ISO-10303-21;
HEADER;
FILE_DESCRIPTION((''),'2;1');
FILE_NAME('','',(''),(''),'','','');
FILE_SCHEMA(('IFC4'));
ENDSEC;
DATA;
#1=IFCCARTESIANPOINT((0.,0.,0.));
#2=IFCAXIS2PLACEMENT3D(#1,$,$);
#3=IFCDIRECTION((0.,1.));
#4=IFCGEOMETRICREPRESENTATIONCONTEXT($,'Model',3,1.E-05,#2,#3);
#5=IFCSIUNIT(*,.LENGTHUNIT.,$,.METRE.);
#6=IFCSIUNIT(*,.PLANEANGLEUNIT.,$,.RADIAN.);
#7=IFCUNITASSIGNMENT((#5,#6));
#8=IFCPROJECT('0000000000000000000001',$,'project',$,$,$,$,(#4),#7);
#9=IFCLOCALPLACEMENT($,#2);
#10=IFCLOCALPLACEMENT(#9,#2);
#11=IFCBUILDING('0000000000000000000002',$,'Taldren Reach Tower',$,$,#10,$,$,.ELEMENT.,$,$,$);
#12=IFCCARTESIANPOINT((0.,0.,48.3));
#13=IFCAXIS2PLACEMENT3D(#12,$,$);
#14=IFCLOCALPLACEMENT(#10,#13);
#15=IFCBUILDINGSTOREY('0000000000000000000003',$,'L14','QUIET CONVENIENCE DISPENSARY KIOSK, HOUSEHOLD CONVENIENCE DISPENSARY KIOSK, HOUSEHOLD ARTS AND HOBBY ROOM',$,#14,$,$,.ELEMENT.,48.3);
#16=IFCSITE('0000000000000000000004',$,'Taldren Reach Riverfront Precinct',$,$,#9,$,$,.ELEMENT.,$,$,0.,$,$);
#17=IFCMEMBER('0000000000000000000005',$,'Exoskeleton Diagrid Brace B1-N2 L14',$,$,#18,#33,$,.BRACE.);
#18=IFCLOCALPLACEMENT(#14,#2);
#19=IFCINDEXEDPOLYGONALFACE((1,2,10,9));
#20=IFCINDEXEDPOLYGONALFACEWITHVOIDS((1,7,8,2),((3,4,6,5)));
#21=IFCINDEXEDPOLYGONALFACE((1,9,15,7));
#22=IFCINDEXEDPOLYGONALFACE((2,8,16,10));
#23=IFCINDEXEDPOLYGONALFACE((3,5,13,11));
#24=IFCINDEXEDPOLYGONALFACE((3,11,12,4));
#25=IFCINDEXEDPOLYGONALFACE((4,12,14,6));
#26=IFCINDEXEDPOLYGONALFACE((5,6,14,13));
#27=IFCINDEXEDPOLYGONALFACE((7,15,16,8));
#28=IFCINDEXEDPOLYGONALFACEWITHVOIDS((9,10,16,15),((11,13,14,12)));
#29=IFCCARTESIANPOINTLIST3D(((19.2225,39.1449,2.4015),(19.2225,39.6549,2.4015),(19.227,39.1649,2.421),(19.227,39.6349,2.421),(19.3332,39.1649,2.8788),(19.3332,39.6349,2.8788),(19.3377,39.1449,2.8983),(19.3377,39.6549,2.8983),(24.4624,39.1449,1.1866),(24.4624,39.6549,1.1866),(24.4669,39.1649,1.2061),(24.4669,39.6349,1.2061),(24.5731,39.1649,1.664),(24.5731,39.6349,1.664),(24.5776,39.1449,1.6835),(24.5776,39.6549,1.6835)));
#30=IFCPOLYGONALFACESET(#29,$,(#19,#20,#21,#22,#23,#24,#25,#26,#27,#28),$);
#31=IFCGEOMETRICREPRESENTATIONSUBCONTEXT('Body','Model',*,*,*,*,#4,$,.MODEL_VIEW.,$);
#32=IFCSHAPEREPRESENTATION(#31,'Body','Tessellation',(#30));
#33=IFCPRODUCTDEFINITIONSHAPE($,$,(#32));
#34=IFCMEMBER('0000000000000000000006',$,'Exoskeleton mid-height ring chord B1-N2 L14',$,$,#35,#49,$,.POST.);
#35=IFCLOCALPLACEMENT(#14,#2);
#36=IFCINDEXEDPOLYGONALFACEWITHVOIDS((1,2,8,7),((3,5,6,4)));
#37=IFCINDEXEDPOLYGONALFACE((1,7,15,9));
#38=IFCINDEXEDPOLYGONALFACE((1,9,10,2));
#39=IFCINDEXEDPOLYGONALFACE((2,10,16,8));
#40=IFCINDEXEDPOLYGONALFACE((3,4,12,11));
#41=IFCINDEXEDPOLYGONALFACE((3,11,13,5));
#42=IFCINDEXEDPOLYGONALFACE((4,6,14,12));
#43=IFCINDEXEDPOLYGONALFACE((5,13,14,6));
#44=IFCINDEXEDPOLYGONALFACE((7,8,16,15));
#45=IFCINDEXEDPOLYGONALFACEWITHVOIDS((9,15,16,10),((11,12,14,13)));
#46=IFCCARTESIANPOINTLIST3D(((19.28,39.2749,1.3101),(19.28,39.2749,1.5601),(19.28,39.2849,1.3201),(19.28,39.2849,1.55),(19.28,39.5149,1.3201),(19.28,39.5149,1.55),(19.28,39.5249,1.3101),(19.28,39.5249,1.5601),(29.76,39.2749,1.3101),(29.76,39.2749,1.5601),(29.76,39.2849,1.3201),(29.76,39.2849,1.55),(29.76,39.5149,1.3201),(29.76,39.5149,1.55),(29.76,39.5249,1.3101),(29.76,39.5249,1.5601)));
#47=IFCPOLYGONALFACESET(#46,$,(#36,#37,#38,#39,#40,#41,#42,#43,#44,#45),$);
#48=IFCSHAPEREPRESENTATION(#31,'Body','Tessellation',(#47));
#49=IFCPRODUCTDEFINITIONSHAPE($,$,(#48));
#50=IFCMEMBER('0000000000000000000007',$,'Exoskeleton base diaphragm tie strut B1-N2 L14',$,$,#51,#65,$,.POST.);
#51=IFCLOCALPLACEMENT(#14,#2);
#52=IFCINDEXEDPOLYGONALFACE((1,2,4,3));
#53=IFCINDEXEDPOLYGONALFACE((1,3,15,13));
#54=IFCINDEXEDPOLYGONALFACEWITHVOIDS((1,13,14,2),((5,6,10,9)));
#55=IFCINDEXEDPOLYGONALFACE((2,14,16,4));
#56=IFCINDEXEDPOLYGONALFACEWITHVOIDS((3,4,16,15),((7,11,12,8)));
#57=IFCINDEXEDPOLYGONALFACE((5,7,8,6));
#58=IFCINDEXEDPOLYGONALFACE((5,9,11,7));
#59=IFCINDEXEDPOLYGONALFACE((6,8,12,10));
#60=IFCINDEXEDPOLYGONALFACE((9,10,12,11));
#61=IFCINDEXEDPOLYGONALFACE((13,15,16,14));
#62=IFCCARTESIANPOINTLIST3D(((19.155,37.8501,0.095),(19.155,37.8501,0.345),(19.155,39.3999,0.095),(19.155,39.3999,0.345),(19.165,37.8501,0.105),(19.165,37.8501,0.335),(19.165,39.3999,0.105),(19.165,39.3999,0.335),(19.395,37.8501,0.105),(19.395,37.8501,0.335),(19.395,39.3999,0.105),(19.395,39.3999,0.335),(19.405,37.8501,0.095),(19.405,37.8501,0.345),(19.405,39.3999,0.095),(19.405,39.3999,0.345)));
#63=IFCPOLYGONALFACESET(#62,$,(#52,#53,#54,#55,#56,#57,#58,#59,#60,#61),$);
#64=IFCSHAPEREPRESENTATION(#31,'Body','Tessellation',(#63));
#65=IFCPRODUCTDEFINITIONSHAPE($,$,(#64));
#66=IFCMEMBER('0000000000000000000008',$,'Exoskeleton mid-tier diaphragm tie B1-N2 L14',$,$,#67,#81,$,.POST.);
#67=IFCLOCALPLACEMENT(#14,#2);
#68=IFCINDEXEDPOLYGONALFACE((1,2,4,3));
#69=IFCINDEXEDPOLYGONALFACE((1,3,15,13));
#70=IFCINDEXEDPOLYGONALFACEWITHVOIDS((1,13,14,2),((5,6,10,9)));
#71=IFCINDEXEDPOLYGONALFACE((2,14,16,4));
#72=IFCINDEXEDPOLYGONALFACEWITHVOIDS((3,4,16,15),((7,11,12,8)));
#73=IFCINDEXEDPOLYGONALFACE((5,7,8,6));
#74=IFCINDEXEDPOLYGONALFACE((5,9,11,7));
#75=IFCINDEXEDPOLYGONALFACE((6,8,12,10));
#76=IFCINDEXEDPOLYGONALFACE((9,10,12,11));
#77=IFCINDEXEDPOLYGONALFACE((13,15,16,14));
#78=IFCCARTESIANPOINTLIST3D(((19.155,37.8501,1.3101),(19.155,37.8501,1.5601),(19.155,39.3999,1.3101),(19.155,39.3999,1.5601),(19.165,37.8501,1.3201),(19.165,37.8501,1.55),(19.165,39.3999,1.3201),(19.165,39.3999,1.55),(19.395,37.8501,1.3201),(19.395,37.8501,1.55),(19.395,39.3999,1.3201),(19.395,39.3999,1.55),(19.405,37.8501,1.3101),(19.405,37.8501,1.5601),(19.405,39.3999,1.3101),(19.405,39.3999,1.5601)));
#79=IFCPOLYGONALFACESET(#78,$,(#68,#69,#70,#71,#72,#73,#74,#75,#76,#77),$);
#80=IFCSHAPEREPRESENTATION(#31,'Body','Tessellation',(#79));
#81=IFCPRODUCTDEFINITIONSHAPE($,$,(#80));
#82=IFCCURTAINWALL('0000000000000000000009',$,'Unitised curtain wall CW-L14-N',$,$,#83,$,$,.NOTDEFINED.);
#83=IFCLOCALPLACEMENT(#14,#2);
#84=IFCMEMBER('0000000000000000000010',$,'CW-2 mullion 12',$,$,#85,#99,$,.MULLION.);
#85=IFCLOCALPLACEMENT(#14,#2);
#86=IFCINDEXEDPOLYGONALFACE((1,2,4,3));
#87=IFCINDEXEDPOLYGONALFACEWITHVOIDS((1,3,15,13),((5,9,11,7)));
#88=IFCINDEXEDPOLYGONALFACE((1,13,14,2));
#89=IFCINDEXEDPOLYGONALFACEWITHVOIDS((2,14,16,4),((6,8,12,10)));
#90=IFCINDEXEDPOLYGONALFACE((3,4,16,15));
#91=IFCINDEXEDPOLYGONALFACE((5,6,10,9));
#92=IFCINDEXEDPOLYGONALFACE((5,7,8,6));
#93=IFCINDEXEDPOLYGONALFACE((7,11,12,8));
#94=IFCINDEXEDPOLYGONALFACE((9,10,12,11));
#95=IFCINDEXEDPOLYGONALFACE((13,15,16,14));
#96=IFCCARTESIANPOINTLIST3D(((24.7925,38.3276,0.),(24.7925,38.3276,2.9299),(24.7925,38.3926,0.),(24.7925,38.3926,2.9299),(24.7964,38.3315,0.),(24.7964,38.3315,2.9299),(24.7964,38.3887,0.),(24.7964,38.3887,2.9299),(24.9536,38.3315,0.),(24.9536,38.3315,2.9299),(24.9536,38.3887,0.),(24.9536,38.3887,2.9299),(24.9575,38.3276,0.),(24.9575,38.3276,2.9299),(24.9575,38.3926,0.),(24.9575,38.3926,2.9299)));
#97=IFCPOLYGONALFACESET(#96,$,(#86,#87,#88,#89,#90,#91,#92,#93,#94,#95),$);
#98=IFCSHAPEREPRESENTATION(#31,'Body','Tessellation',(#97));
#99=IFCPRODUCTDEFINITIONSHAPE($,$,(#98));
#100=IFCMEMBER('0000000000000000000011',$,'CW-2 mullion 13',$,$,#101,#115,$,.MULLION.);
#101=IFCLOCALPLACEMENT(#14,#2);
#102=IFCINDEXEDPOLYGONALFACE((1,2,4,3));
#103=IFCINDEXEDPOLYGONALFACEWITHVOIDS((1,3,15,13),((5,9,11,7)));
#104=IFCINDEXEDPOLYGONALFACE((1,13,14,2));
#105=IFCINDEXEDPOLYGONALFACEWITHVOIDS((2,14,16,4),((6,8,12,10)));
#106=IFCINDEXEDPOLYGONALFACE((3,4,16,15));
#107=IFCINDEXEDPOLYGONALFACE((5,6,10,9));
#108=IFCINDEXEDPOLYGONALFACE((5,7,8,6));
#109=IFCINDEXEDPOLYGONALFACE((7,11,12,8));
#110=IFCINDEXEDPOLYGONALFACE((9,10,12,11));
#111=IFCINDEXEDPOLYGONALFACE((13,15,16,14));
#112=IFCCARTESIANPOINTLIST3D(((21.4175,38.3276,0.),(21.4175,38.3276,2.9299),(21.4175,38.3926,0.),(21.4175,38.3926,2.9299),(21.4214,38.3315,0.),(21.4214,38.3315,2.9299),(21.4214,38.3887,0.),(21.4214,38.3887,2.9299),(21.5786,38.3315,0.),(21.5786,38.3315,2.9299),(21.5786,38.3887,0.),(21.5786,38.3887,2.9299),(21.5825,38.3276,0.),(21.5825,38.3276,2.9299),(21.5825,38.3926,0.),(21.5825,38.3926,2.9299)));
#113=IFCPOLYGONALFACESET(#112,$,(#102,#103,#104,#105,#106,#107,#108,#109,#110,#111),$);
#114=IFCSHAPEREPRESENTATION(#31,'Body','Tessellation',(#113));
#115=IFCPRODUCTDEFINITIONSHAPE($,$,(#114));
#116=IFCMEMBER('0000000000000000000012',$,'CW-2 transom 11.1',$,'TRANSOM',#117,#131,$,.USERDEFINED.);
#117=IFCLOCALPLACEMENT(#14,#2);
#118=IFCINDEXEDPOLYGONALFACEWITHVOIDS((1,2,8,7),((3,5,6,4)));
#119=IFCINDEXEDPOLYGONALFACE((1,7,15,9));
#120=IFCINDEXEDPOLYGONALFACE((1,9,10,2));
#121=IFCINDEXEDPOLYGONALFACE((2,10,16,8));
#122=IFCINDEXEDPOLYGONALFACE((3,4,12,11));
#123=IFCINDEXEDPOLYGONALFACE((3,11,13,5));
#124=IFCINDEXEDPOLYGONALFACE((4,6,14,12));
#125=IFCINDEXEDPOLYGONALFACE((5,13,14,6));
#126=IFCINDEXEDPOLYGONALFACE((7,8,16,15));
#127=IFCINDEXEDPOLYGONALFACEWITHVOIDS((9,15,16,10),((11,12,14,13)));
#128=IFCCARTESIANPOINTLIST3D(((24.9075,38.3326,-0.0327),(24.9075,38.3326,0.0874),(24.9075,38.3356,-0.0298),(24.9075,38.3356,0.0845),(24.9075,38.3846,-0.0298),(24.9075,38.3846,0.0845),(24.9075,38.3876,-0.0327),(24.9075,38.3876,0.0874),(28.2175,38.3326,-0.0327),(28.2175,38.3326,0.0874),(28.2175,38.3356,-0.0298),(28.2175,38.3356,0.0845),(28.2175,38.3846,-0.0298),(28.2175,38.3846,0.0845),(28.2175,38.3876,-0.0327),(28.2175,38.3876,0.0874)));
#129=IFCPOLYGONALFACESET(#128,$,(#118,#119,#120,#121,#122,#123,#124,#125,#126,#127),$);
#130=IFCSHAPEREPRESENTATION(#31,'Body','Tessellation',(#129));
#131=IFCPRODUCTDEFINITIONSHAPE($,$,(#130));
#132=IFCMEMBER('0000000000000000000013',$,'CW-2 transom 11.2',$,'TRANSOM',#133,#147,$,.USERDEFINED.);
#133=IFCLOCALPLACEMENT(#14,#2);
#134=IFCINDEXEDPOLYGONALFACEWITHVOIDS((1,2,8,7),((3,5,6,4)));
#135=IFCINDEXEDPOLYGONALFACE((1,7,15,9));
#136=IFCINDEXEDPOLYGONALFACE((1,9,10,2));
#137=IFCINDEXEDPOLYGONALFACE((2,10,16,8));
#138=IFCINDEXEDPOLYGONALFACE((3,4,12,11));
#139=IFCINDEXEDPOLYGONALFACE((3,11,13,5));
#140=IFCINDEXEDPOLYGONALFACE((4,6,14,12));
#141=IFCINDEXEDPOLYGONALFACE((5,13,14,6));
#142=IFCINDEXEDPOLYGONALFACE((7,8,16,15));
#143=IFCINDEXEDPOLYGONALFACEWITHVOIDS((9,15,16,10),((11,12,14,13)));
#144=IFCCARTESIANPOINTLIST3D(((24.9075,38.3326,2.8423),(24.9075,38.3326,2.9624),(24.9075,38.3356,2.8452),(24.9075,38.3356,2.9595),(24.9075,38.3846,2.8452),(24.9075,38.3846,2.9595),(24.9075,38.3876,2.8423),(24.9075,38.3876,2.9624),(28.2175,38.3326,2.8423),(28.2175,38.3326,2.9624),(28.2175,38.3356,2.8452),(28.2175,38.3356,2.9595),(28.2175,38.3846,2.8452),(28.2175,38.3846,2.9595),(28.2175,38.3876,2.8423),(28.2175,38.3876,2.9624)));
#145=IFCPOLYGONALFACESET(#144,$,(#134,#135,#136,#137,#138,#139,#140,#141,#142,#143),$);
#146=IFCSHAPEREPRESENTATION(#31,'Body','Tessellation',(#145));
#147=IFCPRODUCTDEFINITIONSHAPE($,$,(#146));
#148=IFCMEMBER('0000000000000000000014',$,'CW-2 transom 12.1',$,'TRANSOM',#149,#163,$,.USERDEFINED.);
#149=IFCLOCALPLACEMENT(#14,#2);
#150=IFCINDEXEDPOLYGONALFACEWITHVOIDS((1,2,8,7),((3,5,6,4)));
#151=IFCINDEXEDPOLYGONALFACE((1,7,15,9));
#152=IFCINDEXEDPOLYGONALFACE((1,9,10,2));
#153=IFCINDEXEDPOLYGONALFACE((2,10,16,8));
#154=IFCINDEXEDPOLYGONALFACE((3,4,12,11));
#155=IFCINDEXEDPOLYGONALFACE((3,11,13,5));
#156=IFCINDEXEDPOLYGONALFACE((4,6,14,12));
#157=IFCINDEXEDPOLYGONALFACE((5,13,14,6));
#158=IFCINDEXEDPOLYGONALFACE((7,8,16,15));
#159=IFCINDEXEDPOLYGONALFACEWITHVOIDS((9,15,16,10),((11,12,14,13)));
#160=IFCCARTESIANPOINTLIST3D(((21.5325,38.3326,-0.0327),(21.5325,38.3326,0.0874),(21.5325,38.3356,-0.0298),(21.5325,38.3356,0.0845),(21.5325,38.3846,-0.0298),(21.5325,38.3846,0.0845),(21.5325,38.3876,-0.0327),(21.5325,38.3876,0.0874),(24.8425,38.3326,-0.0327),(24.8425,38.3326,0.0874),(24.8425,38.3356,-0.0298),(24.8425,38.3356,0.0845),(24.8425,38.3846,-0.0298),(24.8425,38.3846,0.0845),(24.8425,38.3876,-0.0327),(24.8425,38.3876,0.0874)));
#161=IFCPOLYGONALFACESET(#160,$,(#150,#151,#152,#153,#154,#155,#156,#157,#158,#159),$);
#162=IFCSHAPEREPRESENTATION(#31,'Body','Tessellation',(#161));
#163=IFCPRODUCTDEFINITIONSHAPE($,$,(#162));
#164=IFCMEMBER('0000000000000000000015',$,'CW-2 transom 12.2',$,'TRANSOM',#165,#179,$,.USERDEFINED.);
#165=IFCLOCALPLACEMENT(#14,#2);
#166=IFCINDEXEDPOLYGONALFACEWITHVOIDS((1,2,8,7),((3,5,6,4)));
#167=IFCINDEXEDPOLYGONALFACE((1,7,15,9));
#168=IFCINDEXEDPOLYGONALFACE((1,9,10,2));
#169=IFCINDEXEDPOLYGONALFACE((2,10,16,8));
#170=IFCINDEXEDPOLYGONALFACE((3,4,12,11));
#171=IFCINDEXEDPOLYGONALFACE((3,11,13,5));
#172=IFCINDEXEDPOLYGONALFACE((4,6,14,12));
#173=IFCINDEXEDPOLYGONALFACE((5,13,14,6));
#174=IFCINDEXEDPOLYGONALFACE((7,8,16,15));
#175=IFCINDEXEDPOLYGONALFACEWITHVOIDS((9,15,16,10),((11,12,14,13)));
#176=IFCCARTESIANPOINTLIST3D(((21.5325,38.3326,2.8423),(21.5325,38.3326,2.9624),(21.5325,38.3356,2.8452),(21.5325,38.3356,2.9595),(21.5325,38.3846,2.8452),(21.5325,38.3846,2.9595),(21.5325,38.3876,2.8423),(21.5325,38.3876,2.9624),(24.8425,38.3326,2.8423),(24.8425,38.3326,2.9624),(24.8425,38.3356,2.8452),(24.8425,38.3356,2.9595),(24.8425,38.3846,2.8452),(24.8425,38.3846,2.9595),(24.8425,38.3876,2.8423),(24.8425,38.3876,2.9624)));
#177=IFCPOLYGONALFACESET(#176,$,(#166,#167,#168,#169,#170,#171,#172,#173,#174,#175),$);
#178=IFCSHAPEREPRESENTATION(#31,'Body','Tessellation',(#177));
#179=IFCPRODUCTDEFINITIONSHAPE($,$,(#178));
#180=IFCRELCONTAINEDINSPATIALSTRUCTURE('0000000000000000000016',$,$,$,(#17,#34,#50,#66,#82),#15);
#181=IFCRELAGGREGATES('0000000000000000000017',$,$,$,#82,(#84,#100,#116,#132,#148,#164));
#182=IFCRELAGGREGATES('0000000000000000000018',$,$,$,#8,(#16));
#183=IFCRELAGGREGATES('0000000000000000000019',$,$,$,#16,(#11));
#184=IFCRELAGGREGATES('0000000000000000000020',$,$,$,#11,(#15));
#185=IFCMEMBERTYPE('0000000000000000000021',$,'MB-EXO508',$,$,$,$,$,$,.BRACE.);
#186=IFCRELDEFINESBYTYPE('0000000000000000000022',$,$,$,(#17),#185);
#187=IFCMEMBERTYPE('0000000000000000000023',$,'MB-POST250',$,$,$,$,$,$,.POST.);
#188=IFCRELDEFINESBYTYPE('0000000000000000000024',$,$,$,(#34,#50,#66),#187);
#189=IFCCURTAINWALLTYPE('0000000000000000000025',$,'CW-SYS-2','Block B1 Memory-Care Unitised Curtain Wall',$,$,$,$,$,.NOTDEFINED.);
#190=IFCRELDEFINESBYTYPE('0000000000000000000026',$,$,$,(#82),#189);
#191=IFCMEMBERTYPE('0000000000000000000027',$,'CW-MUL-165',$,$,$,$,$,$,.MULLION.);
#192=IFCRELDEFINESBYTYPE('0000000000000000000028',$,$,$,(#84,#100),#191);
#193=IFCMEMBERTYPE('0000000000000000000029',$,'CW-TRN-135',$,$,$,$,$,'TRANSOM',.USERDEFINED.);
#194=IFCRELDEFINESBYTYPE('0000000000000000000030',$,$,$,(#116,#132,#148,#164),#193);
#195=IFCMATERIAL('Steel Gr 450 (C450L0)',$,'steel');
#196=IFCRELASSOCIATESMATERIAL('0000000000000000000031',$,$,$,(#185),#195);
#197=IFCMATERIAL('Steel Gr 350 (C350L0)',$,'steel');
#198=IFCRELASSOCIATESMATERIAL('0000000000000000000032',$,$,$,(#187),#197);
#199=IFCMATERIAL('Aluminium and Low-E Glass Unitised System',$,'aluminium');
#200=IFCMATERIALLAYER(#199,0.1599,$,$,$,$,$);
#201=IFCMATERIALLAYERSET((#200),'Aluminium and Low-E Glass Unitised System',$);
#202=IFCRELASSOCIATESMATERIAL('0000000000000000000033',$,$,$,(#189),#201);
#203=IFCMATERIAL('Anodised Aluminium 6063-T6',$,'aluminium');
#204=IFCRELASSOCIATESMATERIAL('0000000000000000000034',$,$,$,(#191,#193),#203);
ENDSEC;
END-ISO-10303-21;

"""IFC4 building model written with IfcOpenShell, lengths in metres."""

from ifc_helpers import new_model, si_unit, direction, frame, origin, origin_2d, place, context, subcontext, project, spatial, hollow_rectangle, extrude, source, transform, mapped, material, layer, layer_set, material_profile, profile_set, type_object, element, aggregate, save


model = new_model("IFC4")

# Units and contexts
model_context = context("Model", 3, precision=1e-05, world=origin(), true_north=direction((0.0, 1.0)))
body_context = subcontext(model_context, "Body", "Model", "MODEL_VIEW")
ifc_project = project(units=[si_unit("LENGTHUNIT", "METRE"), si_unit("PLANEANGLEUNIT", "RADIAN")], contexts=[model_context])

# Site, building, storey
site_placement = place(None, origin())
site = spatial("IfcSite", under=ifc_project, at=site_placement, Name="Taldren Reach Riverfront Precinct", CompositionType="ELEMENT", RefElevation=0.0)
building_placement = place(site_placement, origin())
building = spatial("IfcBuilding", under=site, at=building_placement, Name="Taldren Reach Tower", CompositionType="ELEMENT")
storey_placement = place(building_placement, frame((0.0, 0.0, 48.3)))
storey = spatial("IfcBuildingStorey", under=building, at=storey_placement, Name="L14", Description="QUIET CONVENIENCE DISPENSARY KIOSK, HOUSEHOLD CONVENIENCE DISPENSARY KIOSK, HOUSEHOLD ARTS AND HOBBY ROOM", CompositionType="ELEMENT", Elevation=48.3)

# Members
ifc_material_1 = material(Name="Steel Gr 450 (C450L0)", Category="steel")
ifc_material_profile_1 = material_profile(ifc_material_1, hollow_rectangle(XDim=0.51, YDim=0.51, WallThickness=0.02, at=origin_2d()), Name="510x510x20.0SHS")
ifc_profile_set_1 = profile_set([ifc_material_profile_1], Name="Steel Gr 450 (C450L0)")
member_type_1 = type_object("IfcMemberType", Name="MB-EXO508", PredefinedType="BRACE", material=ifc_profile_set_1)
shared_shape_1 = source(origin(), body_context, "Body", "SweptSolid", [
    extrude(hollow_rectangle(XDim=0.51, YDim=0.51, WallThickness=0.02, at=origin_2d()), origin(), (0.0, 0.0, 1.0), 5.3789),
])
member_1_placement = place(storey_placement, frame((24.52, 39.3999, 1.4351), z_axis=(-0.974162, 0.0, 0.225851), x_axis=(0.0, -1.0, 0.0)))
element("IfcMember", 1, at=member_1_placement, inside=storey, type_object=member_type_1, Name="Exoskeleton Diagrid Brace B1-N2 L14", PredefinedType="BRACE", context=body_context, shape_type="MappedRepresentation", body=[
    mapped(shared_shape_1, transform((0.0, 0.0, 0.0), scale=1.0)),
])
ifc_material_2 = material(Name="Steel Gr 350 (C350L0)", Category="steel")
ifc_material_profile_2 = material_profile(ifc_material_2, hollow_rectangle(XDim=0.25, YDim=0.25, WallThickness=0.01, at=origin_2d()), Name="250x250x10.0SHS")
ifc_profile_set_2 = profile_set([ifc_material_profile_2], Name="Steel Gr 350 (C350L0)")
member_type_2 = type_object("IfcMemberType", Name="MB-POST250", PredefinedType="POST", material=ifc_profile_set_2)
shared_shape_2 = source(origin(), body_context, "Body", "SweptSolid", [
    extrude(hollow_rectangle(XDim=0.25, YDim=0.25, WallThickness=0.01, at=origin_2d()), origin(), (0.0, 0.0, 1.0), 10.48),
])
member_2_placement = place(storey_placement, frame((19.28, 39.3999, 1.4351), z_axis=(1.0, 0.0, 0.0), x_axis=(0.0, 1.0, 0.0)))
element("IfcMember", 2, at=member_2_placement, inside=storey, type_object=member_type_2, Name="Exoskeleton mid-height ring chord B1-N2 L14", PredefinedType="POST", context=body_context, shape_type="MappedRepresentation", body=[
    mapped(shared_shape_2, transform((0.0, 0.0, 0.0), scale=1.0)),
])
shared_shape_3 = source(origin(), body_context, "Body", "SweptSolid", [
    extrude(hollow_rectangle(XDim=0.25, YDim=0.25, WallThickness=0.01, at=origin_2d()), origin(), (0.0, 0.0, 1.0), 1.5498),
])
for number, where, z_axis, x_axis, name in (
    (3, (19.28, 37.8501, 0.22), (0.0, 1.0, 0.0), (-1.0, 0.0, 0.0), "Exoskeleton base diaphragm tie strut B1-N2 L14"),
    (4, (19.28, 37.8501, 1.4351), (0.0, 1.0, 0.0), (-1.0, 0.0, 0.0), "Exoskeleton mid-tier diaphragm tie B1-N2 L14"),
):
    element("IfcMember", number, at=place(storey_placement, frame(where, z_axis=z_axis, x_axis=x_axis)), inside=storey, type_object=member_type_2, Name=name, PredefinedType="POST", context=body_context, shape_type="MappedRepresentation", body=[
        mapped(shared_shape_3, transform((0.0, 0.0, 0.0), scale=1.0)),
    ])

# Curtain wall, members
ifc_material_3 = material(Name="Aluminium and Low-E Glass Unitised System", Category="aluminium")
ifc_layer_1 = layer(ifc_material_3, 0.1599)
ifc_layer_set_1 = layer_set([ifc_layer_1], Name="Aluminium and Low-E Glass Unitised System")
curtain_wall_type = type_object("IfcCurtainWallType", Name="CW-SYS-2", Description="Block B1 Memory-Care Unitised Curtain Wall", PredefinedType="NOTDEFINED", material=ifc_layer_set_1)
curtain_wall_placement = place(storey_placement, origin())
curtain_wall = element("IfcCurtainWall", 5, at=curtain_wall_placement, inside=storey, type_object=curtain_wall_type, Name="Unitised curtain wall CW-L14-N", PredefinedType="NOTDEFINED")
ifc_material_4 = material(Name="Anodised Aluminium 6063-T6", Category="aluminium")
ifc_material_profile_3 = material_profile(ifc_material_4, hollow_rectangle(XDim=0.0649, YDim=0.165, WallThickness=0.0039, at=origin_2d()), Name="ALU-165x65x4RHS")
ifc_profile_set_3 = profile_set([ifc_material_profile_3], Name="Anodised Aluminium 6063-T6")
member_type_3 = type_object("IfcMemberType", Name="CW-MUL-165", PredefinedType="MULLION", material=ifc_profile_set_3)
shared_shape_4 = source(origin(), body_context, "Body", "SweptSolid", [
    extrude(hollow_rectangle(XDim=0.0649, YDim=0.165, WallThickness=0.0039, at=origin_2d()), origin(), (0.0, 0.0, 1.0), 2.9299),
])
member_3_placement = place(storey_placement, frame((24.875, 38.3601, 0.0), z_axis=(0.0, 0.0, 1.0), x_axis=(0.0, -1.0, 0.0)))
member_3 = element("IfcMember", 6, at=member_3_placement, type_object=member_type_3, Name="CW-2 mullion 12", PredefinedType="MULLION", context=body_context, shape_type="MappedRepresentation", body=[
    mapped(shared_shape_4, transform((0.0, 0.0, 0.0), scale=1.0)),
])
member_4_placement = place(storey_placement, frame((21.5, 38.3601, 0.0), z_axis=(0.0, 0.0, 1.0), x_axis=(0.0, -1.0, 0.0)))
member_4 = element("IfcMember", 7, at=member_4_placement, type_object=member_type_3, Name="CW-2 mullion 13", PredefinedType="MULLION", context=body_context, shape_type="MappedRepresentation", body=[
    mapped(shared_shape_4, transform((0.0, 0.0, 0.0), scale=1.0)),
])
ifc_material_profile_4 = material_profile(ifc_material_4, hollow_rectangle(XDim=0.0549, YDim=0.1201, WallThickness=0.0029, at=origin_2d()), Name="ALU-120x55x3RHS")
ifc_profile_set_4 = profile_set([ifc_material_profile_4], Name="Anodised Aluminium 6063-T6")
member_type_4 = type_object("IfcMemberType", Name="CW-TRN-135", ElementType="TRANSOM", PredefinedType="USERDEFINED", material=ifc_profile_set_4)
shared_shape_5 = source(origin(), body_context, "Body", "SweptSolid", [
    extrude(hollow_rectangle(XDim=0.0549, YDim=0.1201, WallThickness=0.0029, at=origin_2d()), origin(), (0.0, 0.0, 1.0), 3.3101),
])
member_5_placement = place(storey_placement, frame((28.2175, 38.3601, 0.0273), z_axis=(-1.0, 0.0, 0.0), x_axis=(0.0, -1.0, 0.0)))
member_5 = element("IfcMember", 8, at=member_5_placement, type_object=member_type_4, Name="CW-2 transom 11.1", ObjectType="TRANSOM", PredefinedType="USERDEFINED", context=body_context, shape_type="MappedRepresentation", body=[
    mapped(shared_shape_5, transform((0.0, 0.0, 0.0), scale=1.0)),
])
member_6_placement = place(storey_placement, frame((28.2175, 38.3601, 2.9023), z_axis=(-1.0, 0.0, 0.0), x_axis=(0.0, -1.0, 0.0)))
member_6 = element("IfcMember", 9, at=member_6_placement, type_object=member_type_4, Name="CW-2 transom 11.2", ObjectType="TRANSOM", PredefinedType="USERDEFINED", context=body_context, shape_type="MappedRepresentation", body=[
    mapped(shared_shape_5, transform((0.0, 0.0, 0.0), scale=1.0)),
])
member_7_placement = place(storey_placement, frame((24.8425, 38.3601, 0.0273), z_axis=(-1.0, 0.0, 0.0), x_axis=(0.0, -1.0, 0.0)))
member_7 = element("IfcMember", 10, at=member_7_placement, type_object=member_type_4, Name="CW-2 transom 12.1", ObjectType="TRANSOM", PredefinedType="USERDEFINED", context=body_context, shape_type="MappedRepresentation", body=[
    mapped(shared_shape_5, transform((0.0, 0.0, 0.0), scale=1.0)),
])
member_8_placement = place(storey_placement, frame((24.8425, 38.3601, 2.9023), z_axis=(-1.0, 0.0, 0.0), x_axis=(0.0, -1.0, 0.0)))
member_8 = element("IfcMember", 11, at=member_8_placement, type_object=member_type_4, Name="CW-2 transom 12.2", ObjectType="TRANSOM", PredefinedType="USERDEFINED", context=body_context, shape_type="MappedRepresentation", body=[
    mapped(shared_shape_5, transform((0.0, 0.0, 0.0), scale=1.0)),
])

aggregate(curtain_wall, [member_3, member_4, member_5, member_6, member_7, member_8])

save(model, "model.ifc")
